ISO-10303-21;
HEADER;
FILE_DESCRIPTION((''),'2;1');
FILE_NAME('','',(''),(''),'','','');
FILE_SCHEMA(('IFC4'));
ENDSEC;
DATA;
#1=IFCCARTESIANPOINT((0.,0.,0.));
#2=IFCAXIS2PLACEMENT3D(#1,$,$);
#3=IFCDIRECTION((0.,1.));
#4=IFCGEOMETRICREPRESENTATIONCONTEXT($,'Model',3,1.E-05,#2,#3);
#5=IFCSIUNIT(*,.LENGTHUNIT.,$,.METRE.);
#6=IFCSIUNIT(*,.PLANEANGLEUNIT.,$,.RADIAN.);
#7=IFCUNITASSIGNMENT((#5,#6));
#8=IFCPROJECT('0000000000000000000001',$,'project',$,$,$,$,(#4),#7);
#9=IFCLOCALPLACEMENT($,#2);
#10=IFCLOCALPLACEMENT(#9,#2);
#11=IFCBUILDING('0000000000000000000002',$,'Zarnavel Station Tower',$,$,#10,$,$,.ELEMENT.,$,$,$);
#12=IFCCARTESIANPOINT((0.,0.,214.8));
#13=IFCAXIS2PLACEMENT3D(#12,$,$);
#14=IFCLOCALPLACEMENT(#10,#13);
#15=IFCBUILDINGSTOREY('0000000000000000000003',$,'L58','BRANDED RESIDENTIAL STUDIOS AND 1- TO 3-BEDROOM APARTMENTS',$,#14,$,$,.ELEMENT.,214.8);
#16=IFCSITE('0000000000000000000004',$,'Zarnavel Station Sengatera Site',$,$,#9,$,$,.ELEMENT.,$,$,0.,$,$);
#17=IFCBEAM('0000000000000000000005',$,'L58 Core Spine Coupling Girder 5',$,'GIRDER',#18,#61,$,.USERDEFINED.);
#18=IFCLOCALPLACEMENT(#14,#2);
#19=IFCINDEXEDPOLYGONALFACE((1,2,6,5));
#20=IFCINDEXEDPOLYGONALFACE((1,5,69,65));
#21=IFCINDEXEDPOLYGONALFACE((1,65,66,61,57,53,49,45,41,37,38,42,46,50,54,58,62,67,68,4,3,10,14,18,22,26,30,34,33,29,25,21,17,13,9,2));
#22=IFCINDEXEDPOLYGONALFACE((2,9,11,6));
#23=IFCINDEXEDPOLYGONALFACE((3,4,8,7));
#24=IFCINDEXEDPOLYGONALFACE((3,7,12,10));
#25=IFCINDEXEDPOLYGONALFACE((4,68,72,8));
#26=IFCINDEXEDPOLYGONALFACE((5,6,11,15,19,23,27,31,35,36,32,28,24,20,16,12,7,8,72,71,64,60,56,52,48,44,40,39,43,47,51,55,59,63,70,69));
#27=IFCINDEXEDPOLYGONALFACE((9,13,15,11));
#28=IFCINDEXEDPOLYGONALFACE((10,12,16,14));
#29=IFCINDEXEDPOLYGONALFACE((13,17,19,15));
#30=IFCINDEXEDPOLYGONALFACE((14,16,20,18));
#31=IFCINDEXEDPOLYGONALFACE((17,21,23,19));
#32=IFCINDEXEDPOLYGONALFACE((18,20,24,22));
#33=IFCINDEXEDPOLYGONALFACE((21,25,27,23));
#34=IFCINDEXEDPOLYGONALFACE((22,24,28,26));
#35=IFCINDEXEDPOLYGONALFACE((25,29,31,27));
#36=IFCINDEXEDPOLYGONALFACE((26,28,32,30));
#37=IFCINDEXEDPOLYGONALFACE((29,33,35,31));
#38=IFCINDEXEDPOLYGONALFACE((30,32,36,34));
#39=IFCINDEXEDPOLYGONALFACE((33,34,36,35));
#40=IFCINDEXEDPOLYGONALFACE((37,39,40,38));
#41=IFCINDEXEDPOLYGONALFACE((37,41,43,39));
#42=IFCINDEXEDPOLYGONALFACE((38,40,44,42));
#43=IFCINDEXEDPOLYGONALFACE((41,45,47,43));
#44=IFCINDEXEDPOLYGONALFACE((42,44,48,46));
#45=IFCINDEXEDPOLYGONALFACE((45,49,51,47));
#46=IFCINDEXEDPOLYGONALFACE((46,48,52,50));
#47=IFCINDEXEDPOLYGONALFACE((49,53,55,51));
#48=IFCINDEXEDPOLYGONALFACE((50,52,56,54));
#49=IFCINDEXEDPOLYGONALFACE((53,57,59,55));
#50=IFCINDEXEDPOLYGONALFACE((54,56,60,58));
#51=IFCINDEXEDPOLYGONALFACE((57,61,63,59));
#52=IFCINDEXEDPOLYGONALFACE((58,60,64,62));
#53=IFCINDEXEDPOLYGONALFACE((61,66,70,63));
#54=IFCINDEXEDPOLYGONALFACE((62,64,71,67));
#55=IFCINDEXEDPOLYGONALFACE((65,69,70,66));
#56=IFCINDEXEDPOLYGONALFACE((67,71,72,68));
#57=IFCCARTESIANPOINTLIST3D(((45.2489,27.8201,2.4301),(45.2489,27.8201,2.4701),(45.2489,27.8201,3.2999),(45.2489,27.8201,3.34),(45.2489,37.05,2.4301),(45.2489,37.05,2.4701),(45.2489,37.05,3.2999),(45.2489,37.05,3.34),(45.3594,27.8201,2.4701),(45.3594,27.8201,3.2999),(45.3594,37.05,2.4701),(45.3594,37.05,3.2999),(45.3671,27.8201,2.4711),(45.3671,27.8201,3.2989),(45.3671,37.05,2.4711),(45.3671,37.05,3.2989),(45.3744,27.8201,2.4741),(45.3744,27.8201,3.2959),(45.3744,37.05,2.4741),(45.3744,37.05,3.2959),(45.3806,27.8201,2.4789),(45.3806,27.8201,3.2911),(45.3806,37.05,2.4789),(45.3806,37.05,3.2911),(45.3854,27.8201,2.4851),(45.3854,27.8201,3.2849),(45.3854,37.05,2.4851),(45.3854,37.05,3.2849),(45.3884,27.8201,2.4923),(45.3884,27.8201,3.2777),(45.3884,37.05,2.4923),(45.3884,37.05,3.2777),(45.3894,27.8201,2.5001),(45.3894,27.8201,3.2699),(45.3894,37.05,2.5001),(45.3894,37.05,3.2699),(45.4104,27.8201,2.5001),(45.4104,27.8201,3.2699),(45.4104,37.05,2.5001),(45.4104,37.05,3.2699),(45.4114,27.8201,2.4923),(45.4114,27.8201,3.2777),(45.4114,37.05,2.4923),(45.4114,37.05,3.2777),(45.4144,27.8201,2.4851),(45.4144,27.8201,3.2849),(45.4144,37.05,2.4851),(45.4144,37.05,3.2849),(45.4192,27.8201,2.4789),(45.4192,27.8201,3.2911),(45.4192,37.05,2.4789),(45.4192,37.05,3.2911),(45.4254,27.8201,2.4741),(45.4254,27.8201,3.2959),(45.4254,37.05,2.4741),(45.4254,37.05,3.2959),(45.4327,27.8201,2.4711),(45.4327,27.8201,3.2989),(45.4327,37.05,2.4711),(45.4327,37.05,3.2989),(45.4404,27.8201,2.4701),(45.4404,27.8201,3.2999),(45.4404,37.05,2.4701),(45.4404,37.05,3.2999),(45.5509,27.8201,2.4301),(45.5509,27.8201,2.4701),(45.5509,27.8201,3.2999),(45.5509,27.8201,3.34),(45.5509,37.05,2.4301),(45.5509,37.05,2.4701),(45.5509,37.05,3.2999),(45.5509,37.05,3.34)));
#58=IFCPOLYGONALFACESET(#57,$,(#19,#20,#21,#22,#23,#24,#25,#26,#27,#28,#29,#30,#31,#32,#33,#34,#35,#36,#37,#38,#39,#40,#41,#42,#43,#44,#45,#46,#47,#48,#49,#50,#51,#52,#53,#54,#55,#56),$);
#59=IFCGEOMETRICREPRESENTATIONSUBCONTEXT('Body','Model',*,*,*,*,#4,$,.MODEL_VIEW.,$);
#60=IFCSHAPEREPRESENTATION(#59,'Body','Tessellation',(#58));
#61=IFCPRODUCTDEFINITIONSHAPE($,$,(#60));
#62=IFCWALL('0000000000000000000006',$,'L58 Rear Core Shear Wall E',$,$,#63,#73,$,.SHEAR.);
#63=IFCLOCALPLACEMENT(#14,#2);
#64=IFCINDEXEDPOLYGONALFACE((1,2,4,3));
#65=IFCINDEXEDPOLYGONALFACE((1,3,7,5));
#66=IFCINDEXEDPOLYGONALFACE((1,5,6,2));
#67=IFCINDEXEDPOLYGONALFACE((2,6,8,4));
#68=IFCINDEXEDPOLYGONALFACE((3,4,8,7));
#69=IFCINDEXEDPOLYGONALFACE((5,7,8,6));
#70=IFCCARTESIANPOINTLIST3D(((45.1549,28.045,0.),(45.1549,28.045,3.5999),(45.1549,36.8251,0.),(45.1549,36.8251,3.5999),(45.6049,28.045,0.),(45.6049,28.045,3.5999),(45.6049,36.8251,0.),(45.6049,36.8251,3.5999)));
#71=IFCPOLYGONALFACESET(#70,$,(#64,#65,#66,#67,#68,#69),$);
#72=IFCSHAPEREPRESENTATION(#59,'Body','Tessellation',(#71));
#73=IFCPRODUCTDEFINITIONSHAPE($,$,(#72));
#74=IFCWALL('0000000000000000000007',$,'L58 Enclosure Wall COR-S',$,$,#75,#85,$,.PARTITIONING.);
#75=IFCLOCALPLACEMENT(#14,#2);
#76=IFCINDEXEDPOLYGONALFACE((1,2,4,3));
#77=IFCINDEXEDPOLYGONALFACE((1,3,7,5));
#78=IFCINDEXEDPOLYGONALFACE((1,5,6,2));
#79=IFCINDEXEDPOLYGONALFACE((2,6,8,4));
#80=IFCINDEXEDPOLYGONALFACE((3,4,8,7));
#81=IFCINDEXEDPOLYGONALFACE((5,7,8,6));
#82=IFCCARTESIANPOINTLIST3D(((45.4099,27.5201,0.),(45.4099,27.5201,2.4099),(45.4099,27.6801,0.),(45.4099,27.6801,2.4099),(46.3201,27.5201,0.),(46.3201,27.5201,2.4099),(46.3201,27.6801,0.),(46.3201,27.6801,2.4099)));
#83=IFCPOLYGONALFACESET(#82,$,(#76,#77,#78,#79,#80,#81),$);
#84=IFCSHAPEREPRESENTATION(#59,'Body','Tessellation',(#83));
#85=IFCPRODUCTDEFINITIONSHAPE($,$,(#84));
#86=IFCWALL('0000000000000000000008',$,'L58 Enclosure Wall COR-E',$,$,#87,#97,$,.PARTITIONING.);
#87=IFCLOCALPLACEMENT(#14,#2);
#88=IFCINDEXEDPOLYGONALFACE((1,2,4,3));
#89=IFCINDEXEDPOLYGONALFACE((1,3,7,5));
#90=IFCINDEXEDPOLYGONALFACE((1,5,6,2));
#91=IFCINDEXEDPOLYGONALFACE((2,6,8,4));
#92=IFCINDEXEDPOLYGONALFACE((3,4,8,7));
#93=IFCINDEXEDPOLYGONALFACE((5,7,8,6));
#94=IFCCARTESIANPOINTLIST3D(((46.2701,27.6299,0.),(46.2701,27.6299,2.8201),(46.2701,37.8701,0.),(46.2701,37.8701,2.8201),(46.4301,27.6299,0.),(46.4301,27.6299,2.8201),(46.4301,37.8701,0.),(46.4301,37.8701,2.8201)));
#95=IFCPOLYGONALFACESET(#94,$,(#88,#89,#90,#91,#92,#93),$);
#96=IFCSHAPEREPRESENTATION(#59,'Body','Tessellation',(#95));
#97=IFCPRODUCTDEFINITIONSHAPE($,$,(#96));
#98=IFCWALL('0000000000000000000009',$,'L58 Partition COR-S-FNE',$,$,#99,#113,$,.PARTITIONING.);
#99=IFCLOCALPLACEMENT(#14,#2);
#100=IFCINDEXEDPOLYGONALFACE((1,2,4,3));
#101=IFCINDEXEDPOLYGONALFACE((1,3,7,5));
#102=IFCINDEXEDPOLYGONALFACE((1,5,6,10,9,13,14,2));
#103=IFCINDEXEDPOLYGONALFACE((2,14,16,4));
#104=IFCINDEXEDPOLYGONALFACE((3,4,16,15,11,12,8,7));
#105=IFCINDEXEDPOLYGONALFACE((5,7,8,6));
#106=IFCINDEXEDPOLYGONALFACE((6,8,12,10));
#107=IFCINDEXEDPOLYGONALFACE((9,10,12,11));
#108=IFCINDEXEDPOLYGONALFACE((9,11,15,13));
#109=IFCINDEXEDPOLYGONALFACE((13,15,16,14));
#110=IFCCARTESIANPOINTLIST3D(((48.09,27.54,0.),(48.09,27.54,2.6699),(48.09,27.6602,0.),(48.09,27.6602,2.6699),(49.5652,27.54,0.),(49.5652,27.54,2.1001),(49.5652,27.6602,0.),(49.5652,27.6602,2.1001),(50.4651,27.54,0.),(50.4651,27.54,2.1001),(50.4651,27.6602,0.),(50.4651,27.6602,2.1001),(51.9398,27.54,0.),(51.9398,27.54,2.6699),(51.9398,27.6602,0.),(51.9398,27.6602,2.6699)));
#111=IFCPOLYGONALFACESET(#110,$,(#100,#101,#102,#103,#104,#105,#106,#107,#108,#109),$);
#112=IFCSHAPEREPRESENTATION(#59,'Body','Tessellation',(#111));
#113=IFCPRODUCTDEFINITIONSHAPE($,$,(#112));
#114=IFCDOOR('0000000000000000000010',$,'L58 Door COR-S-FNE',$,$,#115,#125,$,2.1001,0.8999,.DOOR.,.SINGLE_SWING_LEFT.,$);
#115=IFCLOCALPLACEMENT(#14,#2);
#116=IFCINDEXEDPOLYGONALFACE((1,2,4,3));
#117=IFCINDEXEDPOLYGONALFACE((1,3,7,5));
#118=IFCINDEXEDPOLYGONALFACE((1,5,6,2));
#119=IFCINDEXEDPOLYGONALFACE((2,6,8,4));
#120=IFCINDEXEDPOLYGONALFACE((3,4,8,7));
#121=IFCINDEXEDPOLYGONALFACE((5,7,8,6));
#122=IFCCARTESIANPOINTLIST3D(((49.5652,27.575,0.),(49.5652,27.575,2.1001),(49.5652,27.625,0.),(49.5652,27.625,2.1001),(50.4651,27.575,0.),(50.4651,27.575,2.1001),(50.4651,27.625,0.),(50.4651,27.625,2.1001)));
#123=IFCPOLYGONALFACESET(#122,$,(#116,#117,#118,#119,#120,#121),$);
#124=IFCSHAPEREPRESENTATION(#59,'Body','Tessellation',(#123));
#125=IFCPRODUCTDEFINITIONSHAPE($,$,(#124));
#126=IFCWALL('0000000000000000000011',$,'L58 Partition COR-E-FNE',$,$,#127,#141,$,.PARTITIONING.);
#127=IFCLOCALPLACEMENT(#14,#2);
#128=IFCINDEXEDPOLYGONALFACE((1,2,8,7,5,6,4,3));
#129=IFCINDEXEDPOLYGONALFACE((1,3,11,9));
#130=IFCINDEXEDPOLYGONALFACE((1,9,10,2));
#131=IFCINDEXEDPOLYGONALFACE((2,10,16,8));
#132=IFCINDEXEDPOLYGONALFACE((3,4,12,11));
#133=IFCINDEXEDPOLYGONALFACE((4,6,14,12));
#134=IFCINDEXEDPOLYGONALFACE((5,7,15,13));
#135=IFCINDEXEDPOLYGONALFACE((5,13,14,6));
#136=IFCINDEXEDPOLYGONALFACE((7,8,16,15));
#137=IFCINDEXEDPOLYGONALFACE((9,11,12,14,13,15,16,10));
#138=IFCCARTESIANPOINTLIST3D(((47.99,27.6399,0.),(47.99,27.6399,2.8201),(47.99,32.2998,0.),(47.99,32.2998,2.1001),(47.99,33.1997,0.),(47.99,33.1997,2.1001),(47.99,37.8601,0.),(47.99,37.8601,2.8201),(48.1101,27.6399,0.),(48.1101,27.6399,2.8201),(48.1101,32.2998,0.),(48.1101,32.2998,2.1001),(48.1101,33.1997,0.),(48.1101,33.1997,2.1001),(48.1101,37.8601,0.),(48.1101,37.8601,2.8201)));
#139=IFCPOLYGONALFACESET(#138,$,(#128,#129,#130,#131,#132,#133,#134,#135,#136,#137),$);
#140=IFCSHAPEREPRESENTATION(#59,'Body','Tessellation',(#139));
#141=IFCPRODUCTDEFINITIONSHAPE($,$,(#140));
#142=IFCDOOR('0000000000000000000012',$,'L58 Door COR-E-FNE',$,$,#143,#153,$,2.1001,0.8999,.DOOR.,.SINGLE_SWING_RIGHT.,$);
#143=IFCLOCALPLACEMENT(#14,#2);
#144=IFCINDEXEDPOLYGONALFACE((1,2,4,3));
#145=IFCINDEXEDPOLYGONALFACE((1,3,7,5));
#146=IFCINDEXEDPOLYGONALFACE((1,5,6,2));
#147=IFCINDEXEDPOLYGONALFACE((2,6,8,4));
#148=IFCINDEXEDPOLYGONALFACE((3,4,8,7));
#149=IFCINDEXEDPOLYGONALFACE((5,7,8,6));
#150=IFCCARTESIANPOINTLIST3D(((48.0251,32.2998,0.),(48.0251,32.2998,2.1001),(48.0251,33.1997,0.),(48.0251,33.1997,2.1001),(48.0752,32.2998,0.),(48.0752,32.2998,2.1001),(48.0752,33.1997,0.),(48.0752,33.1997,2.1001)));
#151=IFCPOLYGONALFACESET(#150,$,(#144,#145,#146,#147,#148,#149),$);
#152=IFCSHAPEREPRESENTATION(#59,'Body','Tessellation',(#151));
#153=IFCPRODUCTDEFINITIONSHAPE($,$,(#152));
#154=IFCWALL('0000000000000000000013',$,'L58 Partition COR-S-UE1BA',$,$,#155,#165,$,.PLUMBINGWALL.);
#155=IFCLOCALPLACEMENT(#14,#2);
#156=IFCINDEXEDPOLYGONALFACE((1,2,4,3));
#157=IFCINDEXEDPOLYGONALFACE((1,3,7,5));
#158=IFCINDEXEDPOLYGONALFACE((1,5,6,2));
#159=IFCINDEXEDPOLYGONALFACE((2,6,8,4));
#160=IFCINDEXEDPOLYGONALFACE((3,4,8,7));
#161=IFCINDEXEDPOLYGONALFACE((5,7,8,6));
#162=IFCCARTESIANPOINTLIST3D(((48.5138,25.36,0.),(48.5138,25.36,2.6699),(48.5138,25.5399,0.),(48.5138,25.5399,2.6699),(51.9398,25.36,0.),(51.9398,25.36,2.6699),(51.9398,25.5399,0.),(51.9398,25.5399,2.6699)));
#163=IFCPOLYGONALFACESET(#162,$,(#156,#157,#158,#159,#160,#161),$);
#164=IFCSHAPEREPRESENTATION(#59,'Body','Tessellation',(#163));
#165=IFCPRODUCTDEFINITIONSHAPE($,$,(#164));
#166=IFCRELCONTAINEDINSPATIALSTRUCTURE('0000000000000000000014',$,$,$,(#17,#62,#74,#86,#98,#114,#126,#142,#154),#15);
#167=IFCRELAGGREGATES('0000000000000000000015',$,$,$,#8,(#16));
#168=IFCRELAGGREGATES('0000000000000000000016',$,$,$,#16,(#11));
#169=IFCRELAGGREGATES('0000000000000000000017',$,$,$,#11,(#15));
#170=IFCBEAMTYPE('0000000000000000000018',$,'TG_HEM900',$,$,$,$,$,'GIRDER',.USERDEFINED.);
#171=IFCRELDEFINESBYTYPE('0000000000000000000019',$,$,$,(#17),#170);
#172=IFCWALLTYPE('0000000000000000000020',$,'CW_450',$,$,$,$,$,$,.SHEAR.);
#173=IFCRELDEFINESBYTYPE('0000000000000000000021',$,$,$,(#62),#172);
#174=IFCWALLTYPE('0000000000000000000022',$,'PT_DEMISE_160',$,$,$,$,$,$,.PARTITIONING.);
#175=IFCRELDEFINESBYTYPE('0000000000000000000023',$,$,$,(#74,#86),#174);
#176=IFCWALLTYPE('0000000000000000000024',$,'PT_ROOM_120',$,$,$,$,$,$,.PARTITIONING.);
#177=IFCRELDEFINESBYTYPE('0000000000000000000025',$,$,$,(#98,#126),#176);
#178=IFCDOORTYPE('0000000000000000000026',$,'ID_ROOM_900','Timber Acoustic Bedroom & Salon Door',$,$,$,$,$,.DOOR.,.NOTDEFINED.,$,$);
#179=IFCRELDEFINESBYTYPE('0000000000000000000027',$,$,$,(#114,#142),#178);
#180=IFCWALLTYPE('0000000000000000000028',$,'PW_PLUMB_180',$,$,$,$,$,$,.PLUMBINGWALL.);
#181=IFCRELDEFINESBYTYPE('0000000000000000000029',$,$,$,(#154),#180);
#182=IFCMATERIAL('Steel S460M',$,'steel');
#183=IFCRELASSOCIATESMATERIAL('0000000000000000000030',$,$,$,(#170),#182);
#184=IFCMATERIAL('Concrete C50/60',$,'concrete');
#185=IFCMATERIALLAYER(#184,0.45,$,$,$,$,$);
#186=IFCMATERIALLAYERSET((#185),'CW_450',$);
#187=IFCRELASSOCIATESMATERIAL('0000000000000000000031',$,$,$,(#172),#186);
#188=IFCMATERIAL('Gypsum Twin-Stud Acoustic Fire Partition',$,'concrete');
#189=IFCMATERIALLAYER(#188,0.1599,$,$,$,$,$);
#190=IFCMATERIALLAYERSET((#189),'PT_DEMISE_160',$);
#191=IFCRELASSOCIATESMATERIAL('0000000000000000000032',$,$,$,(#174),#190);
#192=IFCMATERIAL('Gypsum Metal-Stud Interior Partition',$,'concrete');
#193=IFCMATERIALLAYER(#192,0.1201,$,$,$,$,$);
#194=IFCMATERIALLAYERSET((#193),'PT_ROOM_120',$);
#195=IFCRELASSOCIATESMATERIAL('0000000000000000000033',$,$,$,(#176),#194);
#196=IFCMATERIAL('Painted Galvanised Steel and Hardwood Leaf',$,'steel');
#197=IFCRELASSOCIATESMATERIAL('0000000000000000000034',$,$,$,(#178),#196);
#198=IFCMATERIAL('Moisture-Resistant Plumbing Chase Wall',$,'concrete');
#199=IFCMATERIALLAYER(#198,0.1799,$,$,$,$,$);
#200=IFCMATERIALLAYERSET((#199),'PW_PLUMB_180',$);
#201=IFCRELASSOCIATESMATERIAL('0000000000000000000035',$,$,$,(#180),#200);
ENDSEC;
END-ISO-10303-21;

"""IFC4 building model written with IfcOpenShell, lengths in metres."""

from ifc_helpers import new_model, si_unit, direction, frame, frame_2d, origin, origin_2d, place, context, subcontext, project, spatial, rectangle, i_section, extrude, material, layer, layer_set, material_profile, profile_set, type_object, element, fill, save


model = new_model("IFC4")

# Units and contexts
model_context = context("Model", 3, precision=1e-05, world=origin(), true_north=direction((0.0, 1.0)))
body_context = subcontext(model_context, "Body", "Model", "MODEL_VIEW")
ifc_project = project(units=[si_unit("LENGTHUNIT", "METRE"), si_unit("PLANEANGLEUNIT", "RADIAN")], contexts=[model_context])

# Site, building, storey
site_placement = place(None, origin())
site = spatial("IfcSite", under=ifc_project, at=site_placement, Name="Zarnavel Station Sengatera Site", CompositionType="ELEMENT", RefElevation=0.0)
building_placement = place(site_placement, origin())
building = spatial("IfcBuilding", under=site, at=building_placement, Name="Zarnavel Station Tower", CompositionType="ELEMENT")
storey_placement = place(building_placement, frame((0.0, 0.0, 214.8)))
storey = spatial("IfcBuildingStorey", under=building, at=storey_placement, Name="L58", Description="BRANDED RESIDENTIAL STUDIOS AND 1- TO 3-BEDROOM APARTMENTS", CompositionType="ELEMENT", Elevation=214.8)

# Beam
ifc_material_1 = material(Name="Steel S460M", Category="steel")
ifc_material_profile_1 = material_profile(ifc_material_1, i_section(OverallWidth=0.302, OverallDepth=0.9099, WebThickness=0.021, FlangeThickness=0.04, FilletRadius=0.03, at=origin_2d()), Name="HEM900")
ifc_profile_set_1 = profile_set([ifc_material_profile_1], Name="Steel S460M")
beam_type_1 = type_object("IfcBeamType", Name="TG_HEM900", ElementType="GIRDER", PredefinedType="USERDEFINED", material=ifc_profile_set_1)
beam_1_placement = place(storey_placement, frame((45.3999, 27.8201, 2.885), z_axis=(0.0, 1.0, 0.0), x_axis=(-1.0, 0.0, 0.0)))
element("IfcBeam", 1, at=beam_1_placement, inside=storey, type_object=beam_type_1, Name="L58 Core Spine Coupling Girder 5", ObjectType="GIRDER", PredefinedType="USERDEFINED", context=body_context, shape_type="SweptSolid", body=[
    extrude(i_section(OverallWidth=0.302, OverallDepth=0.9099, WebThickness=0.021, FlangeThickness=0.04, FilletRadius=0.03, at=origin_2d()), origin(), (0.0, 0.0, 1.0), 9.23),
])

# Shared definitions
ifc_material_2 = material(Name="Concrete C50/60", Category="concrete")
ifc_layer_1 = layer(ifc_material_2, 0.45)
ifc_layer_set_1 = layer_set([ifc_layer_1], Name="CW_450")
wall_type_1 = type_object("IfcWallType", Name="CW_450", PredefinedType="SHEAR", material=ifc_layer_set_1)

# Wall
wall_1_placement = place(storey_placement, frame((45.3799, 28.0449, 0.0), z_axis=(0.0, 0.0, 1.0), x_axis=(0.0, 1.0, 0.0)))
element("IfcWall", 2, at=wall_1_placement, inside=storey, type_object=wall_type_1, Name="L58 Rear Core Shear Wall E", PredefinedType="SHEAR", context=body_context, shape_type="SweptSolid", body=[
    extrude(rectangle(XDim=8.78, YDim=0.45, at=frame_2d((4.3901, 0.0))), origin(), (0.0, 0.0, 1.0), 3.5999),
])

# Shared definitions
ifc_material_3 = material(Name="Gypsum Twin-Stud Acoustic Fire Partition", Category="concrete")
ifc_layer_2 = layer(ifc_material_3, 0.1599)
ifc_layer_set_2 = layer_set([ifc_layer_2], Name="PT_DEMISE_160")
wall_type_2 = type_object("IfcWallType", Name="PT_DEMISE_160", PredefinedType="PARTITIONING", material=ifc_layer_set_2)

# Walls
wall_2_placement = place(storey_placement, frame((45.4099, 27.6001, 0.0), z_axis=(0.0, 0.0, 1.0), x_axis=(1.0, 0.0, 0.0)))
element("IfcWall", 3, at=wall_2_placement, inside=storey, type_object=wall_type_2, Name="L58 Enclosure Wall COR-S", PredefinedType="PARTITIONING", context=body_context, shape_type="SweptSolid", body=[
    extrude(rectangle(XDim=0.9102, YDim=0.1599, at=frame_2d((0.4551, 0.0))), origin(), (0.0, 0.0, 1.0), 2.4099),
])
wall_3_placement = place(storey_placement, frame((46.3501, 27.6299, 0.0), z_axis=(0.0, 0.0, 1.0), x_axis=(0.0, 1.0, 0.0)))
element("IfcWall", 4, at=wall_3_placement, inside=storey, type_object=wall_type_2, Name="L58 Enclosure Wall COR-E", PredefinedType="PARTITIONING", context=body_context, shape_type="SweptSolid", body=[
    extrude(rectangle(XDim=10.2402, YDim=0.1599, at=frame_2d((5.1201, 0.0))), origin(), (0.0, 0.0, 1.0), 2.8201),
])

# Walls, openings, doors
ifc_material_4 = material(Name="Gypsum Metal-Stud Interior Partition", Category="concrete")
ifc_layer_3 = layer(ifc_material_4, 0.1201)
ifc_layer_set_3 = layer_set([ifc_layer_3], Name="PT_ROOM_120")
wall_type_3 = type_object("IfcWallType", Name="PT_ROOM_120", PredefinedType="PARTITIONING", material=ifc_layer_set_3)
wall_4_placement = place(storey_placement, frame((48.0901, 27.6001, 0.0), z_axis=(0.0, 0.0, 1.0), x_axis=(1.0, 0.0, 0.0)))
wall_4 = element("IfcWall", 5, at=wall_4_placement, inside=storey, type_object=wall_type_3, Name="L58 Partition COR-S-FNE", PredefinedType="PARTITIONING", context=body_context, shape_type="SweptSolid", body=[
    extrude(rectangle(XDim=3.8499, YDim=0.1201, at=frame_2d((1.9248, 0.0))), origin(), (0.0, 0.0, 1.0), 2.6699),
])
opening_1_placement = place(wall_4_placement, frame((1.4751, 0.0, 0.0)))
opening_1 = element("IfcOpeningElement", 6, at=opening_1_placement, cuts=wall_4, PredefinedType="OPENING", context=body_context, shape_type="SweptSolid", body=[
    extrude(rectangle(XDim=0.8999, YDim=2.1001, at=frame_2d((0.45, 1.05))), frame((0.0, 0.0701, 0.0), z_axis=(0.0, -1.0, 0.0), x_axis=(1.0, 0.0, 0.0)), (0.0, 0.0, 1.0), 0.1401),
])
ifc_material_5 = material(Name="Painted Galvanised Steel and Hardwood Leaf", Category="steel")
door_type_1 = type_object("IfcDoorType", Name="ID_ROOM_900", Description="Timber Acoustic Bedroom & Salon Door", OperationType="NOTDEFINED", PredefinedType="DOOR", material=ifc_material_5)
door_1_placement = place(opening_1_placement, origin())
door_1 = element("IfcDoor", 7, at=door_1_placement, inside=storey, type_object=door_type_1, Name="L58 Door COR-S-FNE", OperationType="SINGLE_SWING_LEFT", OverallHeight=2.1001, OverallWidth=0.8999, PredefinedType="DOOR", context=body_context, shape_type="SweptSolid", body=[
    extrude(rectangle(XDim=0.8999, YDim=2.1001, at=frame_2d((0.45, 1.05))), frame((0.0, 0.0249, 0.0), z_axis=(0.0, -1.0, 0.0), x_axis=(1.0, 0.0, 0.0)), (0.0, 0.0, 1.0), 0.05),
])
fill(opening_1, door_1)
wall_5_placement = place(storey_placement, frame((48.05, 27.6399, 0.0), z_axis=(0.0, 0.0, 1.0), x_axis=(0.0, 1.0, 0.0)))
wall_5 = element("IfcWall", 8, at=wall_5_placement, inside=storey, type_object=wall_type_3, Name="L58 Partition COR-E-FNE", PredefinedType="PARTITIONING", context=body_context, shape_type="SweptSolid", body=[
    extrude(rectangle(XDim=10.2202, YDim=0.1201, at=frame_2d((5.1101, 0.0))), origin(), (0.0, 0.0, 1.0), 2.8201),
])
opening_2_placement = place(wall_5_placement, frame((4.6599, 0.0, 0.0)))
opening_2 = element("IfcOpeningElement", 9, at=opening_2_placement, cuts=wall_5, PredefinedType="OPENING", context=body_context, shape_type="SweptSolid", body=[
    extrude(rectangle(XDim=0.8999, YDim=2.1001, at=frame_2d((0.45, 1.05))), frame((0.0, 0.0701, 0.0), z_axis=(0.0, -1.0, 0.0), x_axis=(1.0, 0.0, 0.0)), (0.0, 0.0, 1.0), 0.1401),
])
door_2_placement = place(opening_2_placement, origin())
door_2 = element("IfcDoor", 10, at=door_2_placement, inside=storey, type_object=door_type_1, Name="L58 Door COR-E-FNE", OperationType="SINGLE_SWING_RIGHT", OverallHeight=2.1001, OverallWidth=0.8999, PredefinedType="DOOR", context=body_context, shape_type="SweptSolid", body=[
    extrude(rectangle(XDim=0.8999, YDim=2.1001, at=frame_2d((0.45, 1.05))), frame((0.0, 0.0249, 0.0), z_axis=(0.0, -1.0, 0.0), x_axis=(1.0, 0.0, 0.0)), (0.0, 0.0, 1.0), 0.05),
])
fill(opening_2, door_2)

# Wall
ifc_material_6 = material(Name="Moisture-Resistant Plumbing Chase Wall", Category="concrete")
ifc_layer_4 = layer(ifc_material_6, 0.1799)
ifc_layer_set_4 = layer_set([ifc_layer_4], Name="PW_PLUMB_180")
wall_type_4 = type_object("IfcWallType", Name="PW_PLUMB_180", PredefinedType="PLUMBINGWALL", material=ifc_layer_set_4)
wall_6_placement = place(storey_placement, frame((48.5139, 25.45, 0.0), z_axis=(0.0, 0.0, 1.0), x_axis=(1.0, 0.0, 0.0)))
element("IfcWall", 11, at=wall_6_placement, inside=storey, type_object=wall_type_4, Name="L58 Partition COR-S-UE1BA", PredefinedType="PLUMBINGWALL", context=body_context, shape_type="SweptSolid", body=[
    extrude(rectangle(XDim=3.426, YDim=0.1799, at=frame_2d((1.7129, 0.0))), origin(), (0.0, 0.0, 1.0), 2.6699),
])

save(model, "model.ifc")
